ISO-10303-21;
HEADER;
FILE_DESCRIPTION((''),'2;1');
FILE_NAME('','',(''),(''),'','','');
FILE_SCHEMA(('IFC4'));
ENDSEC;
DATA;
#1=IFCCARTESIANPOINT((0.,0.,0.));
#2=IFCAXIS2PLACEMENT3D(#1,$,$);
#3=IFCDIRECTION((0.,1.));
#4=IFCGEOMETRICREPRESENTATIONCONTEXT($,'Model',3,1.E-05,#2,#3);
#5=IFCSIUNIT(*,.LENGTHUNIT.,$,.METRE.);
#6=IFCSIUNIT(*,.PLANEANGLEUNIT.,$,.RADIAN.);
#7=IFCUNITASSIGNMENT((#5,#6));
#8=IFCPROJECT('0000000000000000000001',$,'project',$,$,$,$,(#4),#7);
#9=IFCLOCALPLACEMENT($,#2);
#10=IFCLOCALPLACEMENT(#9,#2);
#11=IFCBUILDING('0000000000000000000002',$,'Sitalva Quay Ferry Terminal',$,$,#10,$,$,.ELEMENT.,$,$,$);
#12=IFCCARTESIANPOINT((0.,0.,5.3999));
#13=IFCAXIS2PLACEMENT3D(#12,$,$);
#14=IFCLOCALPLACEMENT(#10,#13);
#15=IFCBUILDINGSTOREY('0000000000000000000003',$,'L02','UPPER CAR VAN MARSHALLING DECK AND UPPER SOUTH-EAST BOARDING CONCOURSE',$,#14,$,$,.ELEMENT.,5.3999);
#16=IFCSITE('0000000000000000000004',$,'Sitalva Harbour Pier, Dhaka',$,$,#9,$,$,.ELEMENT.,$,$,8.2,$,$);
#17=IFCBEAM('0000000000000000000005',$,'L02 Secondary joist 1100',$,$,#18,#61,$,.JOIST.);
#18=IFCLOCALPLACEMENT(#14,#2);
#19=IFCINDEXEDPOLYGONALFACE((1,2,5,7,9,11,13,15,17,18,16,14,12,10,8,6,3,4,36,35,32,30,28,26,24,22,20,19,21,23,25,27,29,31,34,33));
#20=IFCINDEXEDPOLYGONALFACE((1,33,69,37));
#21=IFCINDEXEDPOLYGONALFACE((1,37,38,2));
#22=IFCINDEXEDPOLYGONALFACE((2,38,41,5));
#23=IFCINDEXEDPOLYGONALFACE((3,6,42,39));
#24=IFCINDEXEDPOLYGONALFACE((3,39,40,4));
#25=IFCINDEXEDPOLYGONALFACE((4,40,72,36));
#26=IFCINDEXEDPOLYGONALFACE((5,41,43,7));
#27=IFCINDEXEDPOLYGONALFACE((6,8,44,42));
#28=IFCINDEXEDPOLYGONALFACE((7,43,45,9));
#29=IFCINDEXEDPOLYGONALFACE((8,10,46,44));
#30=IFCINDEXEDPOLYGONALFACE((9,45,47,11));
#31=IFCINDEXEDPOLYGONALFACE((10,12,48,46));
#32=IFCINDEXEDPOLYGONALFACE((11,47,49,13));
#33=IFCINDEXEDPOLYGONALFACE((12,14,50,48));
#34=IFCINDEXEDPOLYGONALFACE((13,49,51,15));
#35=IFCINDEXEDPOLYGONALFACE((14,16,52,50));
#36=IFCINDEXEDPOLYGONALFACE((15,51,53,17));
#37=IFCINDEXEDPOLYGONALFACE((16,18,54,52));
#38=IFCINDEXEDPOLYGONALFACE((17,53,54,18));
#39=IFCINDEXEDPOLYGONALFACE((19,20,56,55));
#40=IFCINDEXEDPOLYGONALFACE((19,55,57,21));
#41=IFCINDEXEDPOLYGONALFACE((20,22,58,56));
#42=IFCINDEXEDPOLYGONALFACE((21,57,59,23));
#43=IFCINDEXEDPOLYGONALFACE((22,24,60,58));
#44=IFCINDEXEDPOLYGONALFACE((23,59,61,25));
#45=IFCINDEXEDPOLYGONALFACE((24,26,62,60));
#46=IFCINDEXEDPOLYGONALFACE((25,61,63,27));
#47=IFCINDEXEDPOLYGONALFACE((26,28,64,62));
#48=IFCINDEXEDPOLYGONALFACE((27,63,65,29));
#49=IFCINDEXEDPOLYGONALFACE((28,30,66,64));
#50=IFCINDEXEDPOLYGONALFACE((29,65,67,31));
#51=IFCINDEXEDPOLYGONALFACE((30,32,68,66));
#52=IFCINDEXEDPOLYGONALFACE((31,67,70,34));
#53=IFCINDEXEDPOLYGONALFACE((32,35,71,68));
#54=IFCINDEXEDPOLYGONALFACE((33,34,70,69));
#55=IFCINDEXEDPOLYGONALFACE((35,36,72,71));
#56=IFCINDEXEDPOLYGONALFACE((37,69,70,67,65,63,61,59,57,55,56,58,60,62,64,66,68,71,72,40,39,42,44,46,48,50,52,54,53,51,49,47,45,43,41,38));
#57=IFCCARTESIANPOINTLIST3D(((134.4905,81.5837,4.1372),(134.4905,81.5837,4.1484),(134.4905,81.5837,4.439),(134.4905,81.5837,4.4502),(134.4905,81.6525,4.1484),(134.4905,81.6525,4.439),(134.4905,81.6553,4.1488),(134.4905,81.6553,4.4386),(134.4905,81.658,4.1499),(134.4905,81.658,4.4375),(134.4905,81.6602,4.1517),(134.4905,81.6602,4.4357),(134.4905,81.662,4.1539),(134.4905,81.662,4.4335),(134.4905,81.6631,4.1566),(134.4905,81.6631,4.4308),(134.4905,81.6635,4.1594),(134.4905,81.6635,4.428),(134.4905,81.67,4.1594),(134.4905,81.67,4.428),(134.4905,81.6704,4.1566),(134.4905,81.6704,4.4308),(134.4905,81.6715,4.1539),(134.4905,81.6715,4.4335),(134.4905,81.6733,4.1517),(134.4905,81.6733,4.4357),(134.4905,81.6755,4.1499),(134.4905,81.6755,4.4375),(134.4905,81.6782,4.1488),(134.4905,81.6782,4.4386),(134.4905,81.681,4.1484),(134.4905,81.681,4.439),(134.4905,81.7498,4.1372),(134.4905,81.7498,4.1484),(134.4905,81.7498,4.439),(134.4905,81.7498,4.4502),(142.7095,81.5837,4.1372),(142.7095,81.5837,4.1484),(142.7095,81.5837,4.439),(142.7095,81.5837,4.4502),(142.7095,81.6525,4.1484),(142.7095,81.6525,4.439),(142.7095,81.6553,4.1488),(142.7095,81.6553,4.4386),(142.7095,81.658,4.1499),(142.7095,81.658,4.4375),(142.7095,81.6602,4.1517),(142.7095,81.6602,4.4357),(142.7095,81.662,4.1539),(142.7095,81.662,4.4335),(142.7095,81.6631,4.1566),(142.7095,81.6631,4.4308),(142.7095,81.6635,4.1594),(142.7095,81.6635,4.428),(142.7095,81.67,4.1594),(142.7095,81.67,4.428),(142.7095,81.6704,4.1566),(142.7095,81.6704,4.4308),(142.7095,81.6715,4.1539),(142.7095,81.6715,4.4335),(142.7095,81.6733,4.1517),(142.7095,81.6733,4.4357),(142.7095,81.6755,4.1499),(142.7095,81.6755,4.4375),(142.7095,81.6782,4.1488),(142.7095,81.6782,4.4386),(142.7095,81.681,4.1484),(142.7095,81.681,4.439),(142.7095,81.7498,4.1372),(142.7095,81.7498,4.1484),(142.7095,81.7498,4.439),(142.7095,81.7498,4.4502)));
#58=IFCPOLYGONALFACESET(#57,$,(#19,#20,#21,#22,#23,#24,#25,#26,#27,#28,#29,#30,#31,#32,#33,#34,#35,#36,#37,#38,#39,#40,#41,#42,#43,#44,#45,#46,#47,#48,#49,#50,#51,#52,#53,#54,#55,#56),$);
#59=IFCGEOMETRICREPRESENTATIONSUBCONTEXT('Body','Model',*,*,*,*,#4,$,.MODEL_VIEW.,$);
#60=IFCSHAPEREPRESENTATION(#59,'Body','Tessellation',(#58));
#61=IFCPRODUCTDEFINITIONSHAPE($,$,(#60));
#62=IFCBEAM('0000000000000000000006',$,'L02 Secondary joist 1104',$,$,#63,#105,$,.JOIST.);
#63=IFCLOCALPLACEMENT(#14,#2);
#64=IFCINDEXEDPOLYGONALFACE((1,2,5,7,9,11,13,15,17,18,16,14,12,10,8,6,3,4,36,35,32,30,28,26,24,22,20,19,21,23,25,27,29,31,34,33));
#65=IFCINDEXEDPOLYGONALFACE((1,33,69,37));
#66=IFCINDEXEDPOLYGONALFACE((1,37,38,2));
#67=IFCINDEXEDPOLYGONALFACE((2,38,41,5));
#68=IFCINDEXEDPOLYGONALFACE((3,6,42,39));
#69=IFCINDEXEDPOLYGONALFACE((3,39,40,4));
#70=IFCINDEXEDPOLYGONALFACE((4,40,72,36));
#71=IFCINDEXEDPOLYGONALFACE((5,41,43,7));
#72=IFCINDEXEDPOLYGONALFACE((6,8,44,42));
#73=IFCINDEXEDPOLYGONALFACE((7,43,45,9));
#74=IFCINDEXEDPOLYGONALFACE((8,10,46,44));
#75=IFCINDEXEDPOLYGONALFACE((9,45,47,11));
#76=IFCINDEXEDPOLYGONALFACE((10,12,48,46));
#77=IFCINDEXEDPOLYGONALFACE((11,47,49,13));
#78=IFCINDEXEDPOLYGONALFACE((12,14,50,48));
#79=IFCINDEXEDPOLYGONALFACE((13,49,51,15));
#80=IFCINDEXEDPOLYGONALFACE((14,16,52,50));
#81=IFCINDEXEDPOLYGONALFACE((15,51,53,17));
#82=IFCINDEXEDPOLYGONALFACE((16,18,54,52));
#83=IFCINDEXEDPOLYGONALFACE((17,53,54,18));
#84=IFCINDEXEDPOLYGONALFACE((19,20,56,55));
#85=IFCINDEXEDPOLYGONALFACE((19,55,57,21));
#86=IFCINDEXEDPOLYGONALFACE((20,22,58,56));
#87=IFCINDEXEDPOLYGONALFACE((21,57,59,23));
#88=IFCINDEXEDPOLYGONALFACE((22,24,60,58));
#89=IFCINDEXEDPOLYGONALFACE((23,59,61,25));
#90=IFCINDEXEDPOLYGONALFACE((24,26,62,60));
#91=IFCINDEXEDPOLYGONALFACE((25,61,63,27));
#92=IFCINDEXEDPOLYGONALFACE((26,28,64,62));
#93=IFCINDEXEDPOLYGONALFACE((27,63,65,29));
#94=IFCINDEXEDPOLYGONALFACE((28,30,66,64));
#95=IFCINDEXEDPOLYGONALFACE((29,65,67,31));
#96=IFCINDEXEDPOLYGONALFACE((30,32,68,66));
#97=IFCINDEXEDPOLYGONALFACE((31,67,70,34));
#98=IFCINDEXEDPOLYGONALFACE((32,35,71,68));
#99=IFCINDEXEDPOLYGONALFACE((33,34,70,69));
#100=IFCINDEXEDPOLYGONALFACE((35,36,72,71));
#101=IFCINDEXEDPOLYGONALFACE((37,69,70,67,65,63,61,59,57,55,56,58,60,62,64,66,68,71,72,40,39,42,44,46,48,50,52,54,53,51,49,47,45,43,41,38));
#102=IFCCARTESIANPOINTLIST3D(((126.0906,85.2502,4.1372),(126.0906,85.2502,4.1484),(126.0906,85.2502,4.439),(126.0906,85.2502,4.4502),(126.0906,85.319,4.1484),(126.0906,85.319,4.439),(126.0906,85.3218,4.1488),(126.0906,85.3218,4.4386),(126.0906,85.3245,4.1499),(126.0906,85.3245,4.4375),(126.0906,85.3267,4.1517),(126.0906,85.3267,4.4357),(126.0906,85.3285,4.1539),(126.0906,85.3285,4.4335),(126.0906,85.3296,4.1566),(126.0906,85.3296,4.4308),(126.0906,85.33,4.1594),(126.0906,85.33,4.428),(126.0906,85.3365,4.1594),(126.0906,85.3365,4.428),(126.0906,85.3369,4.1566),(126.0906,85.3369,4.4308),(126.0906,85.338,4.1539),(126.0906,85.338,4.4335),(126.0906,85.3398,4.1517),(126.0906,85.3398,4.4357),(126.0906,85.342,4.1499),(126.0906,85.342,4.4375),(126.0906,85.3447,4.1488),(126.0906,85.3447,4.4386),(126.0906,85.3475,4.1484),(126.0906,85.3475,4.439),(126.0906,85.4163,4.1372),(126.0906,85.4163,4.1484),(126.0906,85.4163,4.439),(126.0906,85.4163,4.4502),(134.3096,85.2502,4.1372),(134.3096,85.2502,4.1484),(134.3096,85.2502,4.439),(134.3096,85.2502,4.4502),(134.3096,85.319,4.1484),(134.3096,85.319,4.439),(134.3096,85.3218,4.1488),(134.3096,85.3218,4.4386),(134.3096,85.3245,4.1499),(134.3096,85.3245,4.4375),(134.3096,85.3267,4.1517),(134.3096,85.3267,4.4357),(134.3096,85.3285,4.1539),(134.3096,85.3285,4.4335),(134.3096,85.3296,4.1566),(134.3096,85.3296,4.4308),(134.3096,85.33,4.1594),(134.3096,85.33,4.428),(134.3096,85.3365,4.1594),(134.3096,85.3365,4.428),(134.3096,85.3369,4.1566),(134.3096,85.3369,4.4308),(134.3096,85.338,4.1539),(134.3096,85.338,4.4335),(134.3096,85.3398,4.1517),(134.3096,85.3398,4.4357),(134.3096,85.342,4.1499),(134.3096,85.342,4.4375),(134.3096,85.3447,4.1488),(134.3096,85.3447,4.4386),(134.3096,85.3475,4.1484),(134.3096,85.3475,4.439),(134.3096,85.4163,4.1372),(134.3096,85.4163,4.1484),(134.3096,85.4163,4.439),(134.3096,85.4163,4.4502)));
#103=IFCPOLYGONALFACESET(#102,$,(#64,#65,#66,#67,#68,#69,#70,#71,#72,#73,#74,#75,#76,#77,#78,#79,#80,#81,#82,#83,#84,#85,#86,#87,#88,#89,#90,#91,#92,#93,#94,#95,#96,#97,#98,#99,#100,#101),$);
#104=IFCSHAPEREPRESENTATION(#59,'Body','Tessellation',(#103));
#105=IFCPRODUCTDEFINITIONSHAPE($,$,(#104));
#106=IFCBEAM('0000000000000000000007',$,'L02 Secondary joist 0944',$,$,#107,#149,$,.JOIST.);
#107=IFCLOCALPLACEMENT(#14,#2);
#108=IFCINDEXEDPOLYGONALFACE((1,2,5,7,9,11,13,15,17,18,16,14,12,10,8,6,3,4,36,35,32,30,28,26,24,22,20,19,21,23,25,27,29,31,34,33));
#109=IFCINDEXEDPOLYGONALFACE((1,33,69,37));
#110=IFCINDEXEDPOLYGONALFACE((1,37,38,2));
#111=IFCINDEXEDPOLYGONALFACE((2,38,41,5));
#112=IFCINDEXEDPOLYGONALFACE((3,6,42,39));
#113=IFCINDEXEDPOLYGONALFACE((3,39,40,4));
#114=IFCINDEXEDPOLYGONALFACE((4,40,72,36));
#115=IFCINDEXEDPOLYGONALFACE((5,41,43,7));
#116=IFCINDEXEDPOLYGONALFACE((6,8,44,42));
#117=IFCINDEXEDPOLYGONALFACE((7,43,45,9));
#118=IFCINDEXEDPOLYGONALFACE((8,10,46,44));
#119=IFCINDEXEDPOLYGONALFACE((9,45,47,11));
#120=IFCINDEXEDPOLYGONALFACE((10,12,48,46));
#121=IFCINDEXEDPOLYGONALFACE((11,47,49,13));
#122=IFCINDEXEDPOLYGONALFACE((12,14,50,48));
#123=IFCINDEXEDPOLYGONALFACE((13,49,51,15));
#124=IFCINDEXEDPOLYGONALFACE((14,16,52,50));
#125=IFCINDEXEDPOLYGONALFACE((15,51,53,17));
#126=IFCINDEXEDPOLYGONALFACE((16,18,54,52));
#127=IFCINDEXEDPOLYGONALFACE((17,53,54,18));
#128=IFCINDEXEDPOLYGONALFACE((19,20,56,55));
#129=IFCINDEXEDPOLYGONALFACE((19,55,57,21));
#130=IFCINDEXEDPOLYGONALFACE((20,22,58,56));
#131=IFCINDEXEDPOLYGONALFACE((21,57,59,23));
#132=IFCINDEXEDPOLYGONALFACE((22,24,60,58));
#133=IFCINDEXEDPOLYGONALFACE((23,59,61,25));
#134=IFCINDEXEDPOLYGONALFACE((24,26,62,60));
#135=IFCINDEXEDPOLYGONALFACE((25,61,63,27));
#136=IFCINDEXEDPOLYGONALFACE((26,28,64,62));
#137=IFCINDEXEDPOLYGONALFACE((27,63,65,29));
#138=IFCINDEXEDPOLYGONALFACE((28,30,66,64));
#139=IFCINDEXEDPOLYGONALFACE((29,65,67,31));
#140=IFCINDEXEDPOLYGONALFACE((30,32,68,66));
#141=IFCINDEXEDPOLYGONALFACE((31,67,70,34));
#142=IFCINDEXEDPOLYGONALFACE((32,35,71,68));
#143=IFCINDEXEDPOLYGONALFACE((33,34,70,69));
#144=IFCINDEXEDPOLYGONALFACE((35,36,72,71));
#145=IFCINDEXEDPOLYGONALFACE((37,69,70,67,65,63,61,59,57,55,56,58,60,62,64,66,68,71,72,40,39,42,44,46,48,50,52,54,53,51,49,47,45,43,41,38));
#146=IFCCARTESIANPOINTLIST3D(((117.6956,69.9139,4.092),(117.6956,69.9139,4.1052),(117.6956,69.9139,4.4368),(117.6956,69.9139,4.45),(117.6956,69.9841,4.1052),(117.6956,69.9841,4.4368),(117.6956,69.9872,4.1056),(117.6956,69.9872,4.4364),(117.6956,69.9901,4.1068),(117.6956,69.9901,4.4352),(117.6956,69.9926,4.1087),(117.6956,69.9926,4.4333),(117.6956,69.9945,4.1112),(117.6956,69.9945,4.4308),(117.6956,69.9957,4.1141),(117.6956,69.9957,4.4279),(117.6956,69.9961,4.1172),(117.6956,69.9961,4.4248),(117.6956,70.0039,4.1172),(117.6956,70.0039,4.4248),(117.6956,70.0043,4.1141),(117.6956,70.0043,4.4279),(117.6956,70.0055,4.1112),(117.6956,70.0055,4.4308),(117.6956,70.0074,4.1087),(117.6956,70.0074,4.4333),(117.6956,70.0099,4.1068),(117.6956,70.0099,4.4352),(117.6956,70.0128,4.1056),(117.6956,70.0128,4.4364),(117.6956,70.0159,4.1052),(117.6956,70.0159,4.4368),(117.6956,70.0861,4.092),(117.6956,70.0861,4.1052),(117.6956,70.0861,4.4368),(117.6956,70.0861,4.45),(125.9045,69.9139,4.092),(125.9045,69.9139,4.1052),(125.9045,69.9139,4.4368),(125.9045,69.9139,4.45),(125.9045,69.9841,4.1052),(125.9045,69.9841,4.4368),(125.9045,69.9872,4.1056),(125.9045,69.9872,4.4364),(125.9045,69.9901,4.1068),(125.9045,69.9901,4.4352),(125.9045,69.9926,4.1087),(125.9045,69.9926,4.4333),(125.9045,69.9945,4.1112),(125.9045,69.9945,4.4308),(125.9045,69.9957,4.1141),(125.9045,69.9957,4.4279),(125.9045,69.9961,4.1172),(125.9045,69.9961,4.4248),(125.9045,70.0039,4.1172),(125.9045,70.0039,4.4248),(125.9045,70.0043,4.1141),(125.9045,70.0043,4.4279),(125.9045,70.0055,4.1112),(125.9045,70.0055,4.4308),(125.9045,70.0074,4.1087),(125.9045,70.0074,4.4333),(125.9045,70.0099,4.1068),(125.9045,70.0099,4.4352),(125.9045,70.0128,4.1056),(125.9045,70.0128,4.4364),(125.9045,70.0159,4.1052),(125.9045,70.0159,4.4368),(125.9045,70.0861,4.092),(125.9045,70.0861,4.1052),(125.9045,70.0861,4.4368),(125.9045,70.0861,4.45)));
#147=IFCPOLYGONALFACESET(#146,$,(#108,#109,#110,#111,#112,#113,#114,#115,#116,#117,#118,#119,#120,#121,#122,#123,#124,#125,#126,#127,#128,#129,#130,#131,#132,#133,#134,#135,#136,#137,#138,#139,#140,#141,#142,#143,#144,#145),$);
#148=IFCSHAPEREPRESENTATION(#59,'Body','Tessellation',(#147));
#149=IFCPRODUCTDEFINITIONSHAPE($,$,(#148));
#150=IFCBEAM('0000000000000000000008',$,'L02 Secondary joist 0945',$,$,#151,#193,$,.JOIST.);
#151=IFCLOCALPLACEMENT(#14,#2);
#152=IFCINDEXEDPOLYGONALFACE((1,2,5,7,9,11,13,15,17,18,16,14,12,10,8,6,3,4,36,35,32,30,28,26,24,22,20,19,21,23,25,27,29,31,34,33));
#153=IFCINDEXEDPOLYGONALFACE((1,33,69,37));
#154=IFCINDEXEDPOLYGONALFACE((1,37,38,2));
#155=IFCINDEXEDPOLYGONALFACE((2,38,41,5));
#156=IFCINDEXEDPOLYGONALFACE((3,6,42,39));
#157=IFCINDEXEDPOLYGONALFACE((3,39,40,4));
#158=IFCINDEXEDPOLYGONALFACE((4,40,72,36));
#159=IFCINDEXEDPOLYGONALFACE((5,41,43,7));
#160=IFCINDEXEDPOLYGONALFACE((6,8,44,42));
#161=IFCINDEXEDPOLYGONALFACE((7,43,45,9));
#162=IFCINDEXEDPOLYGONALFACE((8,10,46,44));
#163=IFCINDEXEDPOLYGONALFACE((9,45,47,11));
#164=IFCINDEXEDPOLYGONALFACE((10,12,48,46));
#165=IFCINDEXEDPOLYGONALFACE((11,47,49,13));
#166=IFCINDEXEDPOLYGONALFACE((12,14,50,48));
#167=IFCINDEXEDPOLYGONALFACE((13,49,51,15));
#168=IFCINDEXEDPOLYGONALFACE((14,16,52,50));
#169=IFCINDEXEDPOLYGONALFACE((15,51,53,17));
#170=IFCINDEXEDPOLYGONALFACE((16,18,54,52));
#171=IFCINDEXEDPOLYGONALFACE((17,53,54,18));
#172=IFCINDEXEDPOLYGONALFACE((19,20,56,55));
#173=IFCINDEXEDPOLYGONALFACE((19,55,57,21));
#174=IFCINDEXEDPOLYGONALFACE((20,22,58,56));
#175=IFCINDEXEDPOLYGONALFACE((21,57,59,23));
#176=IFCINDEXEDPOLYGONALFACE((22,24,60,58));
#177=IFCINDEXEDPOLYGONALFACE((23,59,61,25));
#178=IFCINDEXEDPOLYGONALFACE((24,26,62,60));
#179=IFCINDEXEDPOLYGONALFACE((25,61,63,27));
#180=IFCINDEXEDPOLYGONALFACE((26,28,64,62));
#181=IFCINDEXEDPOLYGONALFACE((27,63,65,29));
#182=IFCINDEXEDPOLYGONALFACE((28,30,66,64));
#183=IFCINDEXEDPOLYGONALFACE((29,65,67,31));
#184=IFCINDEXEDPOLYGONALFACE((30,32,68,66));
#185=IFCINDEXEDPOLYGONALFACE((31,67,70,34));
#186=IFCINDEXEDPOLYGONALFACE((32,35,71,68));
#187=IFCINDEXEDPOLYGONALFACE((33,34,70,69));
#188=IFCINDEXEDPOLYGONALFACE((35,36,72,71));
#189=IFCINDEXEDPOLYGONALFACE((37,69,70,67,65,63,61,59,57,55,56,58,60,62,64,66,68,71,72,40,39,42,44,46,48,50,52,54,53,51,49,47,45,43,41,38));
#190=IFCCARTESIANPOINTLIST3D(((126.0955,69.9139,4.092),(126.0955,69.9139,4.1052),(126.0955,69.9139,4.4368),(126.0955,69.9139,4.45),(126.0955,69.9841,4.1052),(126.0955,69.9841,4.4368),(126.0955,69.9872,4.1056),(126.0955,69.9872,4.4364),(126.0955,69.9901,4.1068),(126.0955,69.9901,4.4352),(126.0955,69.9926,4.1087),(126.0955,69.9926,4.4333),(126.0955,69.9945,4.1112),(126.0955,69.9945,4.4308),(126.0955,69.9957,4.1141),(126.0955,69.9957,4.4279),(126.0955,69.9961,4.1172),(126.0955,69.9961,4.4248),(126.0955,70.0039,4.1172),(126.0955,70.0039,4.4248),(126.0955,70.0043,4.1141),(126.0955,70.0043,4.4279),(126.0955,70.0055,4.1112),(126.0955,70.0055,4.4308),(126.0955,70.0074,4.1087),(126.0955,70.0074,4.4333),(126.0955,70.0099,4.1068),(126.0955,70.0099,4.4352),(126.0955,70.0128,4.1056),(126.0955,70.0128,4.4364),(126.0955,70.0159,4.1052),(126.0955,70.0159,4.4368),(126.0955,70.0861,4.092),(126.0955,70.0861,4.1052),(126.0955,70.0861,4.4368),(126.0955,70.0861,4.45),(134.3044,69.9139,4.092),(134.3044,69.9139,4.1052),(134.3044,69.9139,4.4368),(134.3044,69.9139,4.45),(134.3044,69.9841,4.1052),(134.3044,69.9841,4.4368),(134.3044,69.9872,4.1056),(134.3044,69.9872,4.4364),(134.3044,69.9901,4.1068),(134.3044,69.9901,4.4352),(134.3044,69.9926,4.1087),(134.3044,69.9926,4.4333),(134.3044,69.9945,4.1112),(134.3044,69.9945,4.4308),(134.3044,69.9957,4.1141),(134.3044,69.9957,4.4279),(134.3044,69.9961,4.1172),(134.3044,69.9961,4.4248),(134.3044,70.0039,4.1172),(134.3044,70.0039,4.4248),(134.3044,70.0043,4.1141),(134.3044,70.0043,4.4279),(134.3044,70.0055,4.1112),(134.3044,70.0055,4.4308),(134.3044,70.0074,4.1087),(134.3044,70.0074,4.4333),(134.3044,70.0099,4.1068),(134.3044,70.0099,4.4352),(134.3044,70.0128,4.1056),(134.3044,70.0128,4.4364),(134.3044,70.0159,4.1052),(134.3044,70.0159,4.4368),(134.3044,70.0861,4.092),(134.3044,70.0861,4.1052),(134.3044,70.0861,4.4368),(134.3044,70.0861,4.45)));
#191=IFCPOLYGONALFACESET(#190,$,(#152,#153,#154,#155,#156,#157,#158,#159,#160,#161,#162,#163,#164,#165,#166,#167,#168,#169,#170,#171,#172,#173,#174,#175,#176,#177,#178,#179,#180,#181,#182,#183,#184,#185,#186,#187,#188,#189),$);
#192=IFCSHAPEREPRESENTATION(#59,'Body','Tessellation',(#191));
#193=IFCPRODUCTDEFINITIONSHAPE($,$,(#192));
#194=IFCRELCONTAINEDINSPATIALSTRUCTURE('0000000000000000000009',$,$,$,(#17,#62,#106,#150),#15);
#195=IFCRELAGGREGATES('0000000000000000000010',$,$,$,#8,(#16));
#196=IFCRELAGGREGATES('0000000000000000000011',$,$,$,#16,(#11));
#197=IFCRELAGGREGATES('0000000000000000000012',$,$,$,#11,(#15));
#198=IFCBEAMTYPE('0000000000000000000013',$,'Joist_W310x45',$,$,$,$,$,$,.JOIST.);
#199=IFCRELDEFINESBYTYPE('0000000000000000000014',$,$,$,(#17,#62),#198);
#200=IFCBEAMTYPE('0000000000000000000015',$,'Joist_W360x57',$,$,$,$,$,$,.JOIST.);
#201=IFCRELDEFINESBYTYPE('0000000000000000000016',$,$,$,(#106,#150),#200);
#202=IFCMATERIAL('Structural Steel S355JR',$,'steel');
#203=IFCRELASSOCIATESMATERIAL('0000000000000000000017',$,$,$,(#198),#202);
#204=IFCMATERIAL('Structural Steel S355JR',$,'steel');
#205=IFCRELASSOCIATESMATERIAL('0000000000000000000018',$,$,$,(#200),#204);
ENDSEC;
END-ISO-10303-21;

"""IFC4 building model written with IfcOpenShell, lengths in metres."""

from ifc_helpers import new_model, si_unit, direction, frame, origin, origin_2d, place, context, subcontext, project, spatial, i_section, extrude, material, material_profile, profile_set, type_object, element, save


model = new_model("IFC4")

# Units and contexts
model_context = context("Model", 3, precision=1e-05, world=origin(), true_north=direction((0.0, 1.0)))
body_context = subcontext(model_context, "Body", "Model", "MODEL_VIEW")
ifc_project = project(units=[si_unit("LENGTHUNIT", "METRE"), si_unit("PLANEANGLEUNIT", "RADIAN")], contexts=[model_context])

# Site, building, storey
site_placement = place(None, origin())
site = spatial("IfcSite", under=ifc_project, at=site_placement, Name="Sitalva Harbour Pier, Dhaka", CompositionType="ELEMENT", RefElevation=8.2)
building_placement = place(site_placement, origin())
building = spatial("IfcBuilding", under=site, at=building_placement, Name="Sitalva Quay Ferry Terminal", CompositionType="ELEMENT")
storey_placement = place(building_placement, frame((0.0, 0.0, 5.3999)))
storey = spatial("IfcBuildingStorey", under=building, at=storey_placement, Name="L02", Description="UPPER CAR VAN MARSHALLING DECK AND UPPER SOUTH-EAST BOARDING CONCOURSE", CompositionType="ELEMENT", Elevation=5.3999)

# Beams
ifc_material_1 = material(Name="Structural Steel S355JR", Category="steel")
ifc_material_profile_1 = material_profile(ifc_material_1, i_section(OverallWidth=0.166, OverallDepth=0.313, WebThickness=0.0066, FlangeThickness=0.0112, FilletRadius=0.011, at=origin_2d()), Name="W310x45")
ifc_profile_set_1 = profile_set([ifc_material_profile_1], Name="Structural Steel S355JR")
beam_type_1 = type_object("IfcBeamType", Name="Joist_W310x45", PredefinedType="JOIST", material=ifc_profile_set_1)
for number, where, z_axis, x_axis, name in (
    (1, (134.4905, 81.6667, 4.2937), (1.0, 0.0, 0.0), (0.0, 1.0, 0.0), "L02 Secondary joist 1100"),
    (2, (126.0906, 85.3333, 4.2937), (1.0, 0.0, 0.0), (0.0, 1.0, 0.0), "L02 Secondary joist 1104"),
):
    element("IfcBeam", number, at=place(storey_placement, frame(where, z_axis=z_axis, x_axis=x_axis)), inside=storey, type_object=beam_type_1, Name=name, PredefinedType="JOIST", context=body_context, shape_type="SweptSolid", body=[
        extrude(i_section(OverallWidth=0.166, OverallDepth=0.313, WebThickness=0.0066, FlangeThickness=0.0112, FilletRadius=0.011, at=origin_2d()), origin(), (0.0, 0.0, 1.0), 8.219),
    ])
ifc_material_2 = material(Name="Structural Steel S355JR", Category="steel")
ifc_material_profile_2 = material_profile(ifc_material_2, i_section(OverallWidth=0.1721, OverallDepth=0.3579, WebThickness=0.0078, FlangeThickness=0.0132, FilletRadius=0.012, at=origin_2d()), Name="W360x57")
ifc_profile_set_2 = profile_set([ifc_material_profile_2], Name="Structural Steel S355JR")
beam_type_2 = type_object("IfcBeamType", Name="Joist_W360x57", PredefinedType="JOIST", material=ifc_profile_set_2)
for number, where, z_axis, x_axis, name in (
    (3, (117.6956, 70.0, 4.271), (1.0, 0.0, 0.0), (0.0, 1.0, 0.0), "L02 Secondary joist 0944"),
    (4, (126.0955, 70.0, 4.271), (1.0, 0.0, 0.0), (0.0, 1.0, 0.0), "L02 Secondary joist 0945"),
):
    element("IfcBeam", number, at=place(storey_placement, frame(where, z_axis=z_axis, x_axis=x_axis)), inside=storey, type_object=beam_type_2, Name=name, PredefinedType="JOIST", context=body_context, shape_type="SweptSolid", body=[
        extrude(i_section(OverallWidth=0.1721, OverallDepth=0.3579, WebThickness=0.0078, FlangeThickness=0.0132, FilletRadius=0.012, at=origin_2d()), origin(), (0.0, 0.0, 1.0), 8.209),
    ])

save(model, "model.ifc")
